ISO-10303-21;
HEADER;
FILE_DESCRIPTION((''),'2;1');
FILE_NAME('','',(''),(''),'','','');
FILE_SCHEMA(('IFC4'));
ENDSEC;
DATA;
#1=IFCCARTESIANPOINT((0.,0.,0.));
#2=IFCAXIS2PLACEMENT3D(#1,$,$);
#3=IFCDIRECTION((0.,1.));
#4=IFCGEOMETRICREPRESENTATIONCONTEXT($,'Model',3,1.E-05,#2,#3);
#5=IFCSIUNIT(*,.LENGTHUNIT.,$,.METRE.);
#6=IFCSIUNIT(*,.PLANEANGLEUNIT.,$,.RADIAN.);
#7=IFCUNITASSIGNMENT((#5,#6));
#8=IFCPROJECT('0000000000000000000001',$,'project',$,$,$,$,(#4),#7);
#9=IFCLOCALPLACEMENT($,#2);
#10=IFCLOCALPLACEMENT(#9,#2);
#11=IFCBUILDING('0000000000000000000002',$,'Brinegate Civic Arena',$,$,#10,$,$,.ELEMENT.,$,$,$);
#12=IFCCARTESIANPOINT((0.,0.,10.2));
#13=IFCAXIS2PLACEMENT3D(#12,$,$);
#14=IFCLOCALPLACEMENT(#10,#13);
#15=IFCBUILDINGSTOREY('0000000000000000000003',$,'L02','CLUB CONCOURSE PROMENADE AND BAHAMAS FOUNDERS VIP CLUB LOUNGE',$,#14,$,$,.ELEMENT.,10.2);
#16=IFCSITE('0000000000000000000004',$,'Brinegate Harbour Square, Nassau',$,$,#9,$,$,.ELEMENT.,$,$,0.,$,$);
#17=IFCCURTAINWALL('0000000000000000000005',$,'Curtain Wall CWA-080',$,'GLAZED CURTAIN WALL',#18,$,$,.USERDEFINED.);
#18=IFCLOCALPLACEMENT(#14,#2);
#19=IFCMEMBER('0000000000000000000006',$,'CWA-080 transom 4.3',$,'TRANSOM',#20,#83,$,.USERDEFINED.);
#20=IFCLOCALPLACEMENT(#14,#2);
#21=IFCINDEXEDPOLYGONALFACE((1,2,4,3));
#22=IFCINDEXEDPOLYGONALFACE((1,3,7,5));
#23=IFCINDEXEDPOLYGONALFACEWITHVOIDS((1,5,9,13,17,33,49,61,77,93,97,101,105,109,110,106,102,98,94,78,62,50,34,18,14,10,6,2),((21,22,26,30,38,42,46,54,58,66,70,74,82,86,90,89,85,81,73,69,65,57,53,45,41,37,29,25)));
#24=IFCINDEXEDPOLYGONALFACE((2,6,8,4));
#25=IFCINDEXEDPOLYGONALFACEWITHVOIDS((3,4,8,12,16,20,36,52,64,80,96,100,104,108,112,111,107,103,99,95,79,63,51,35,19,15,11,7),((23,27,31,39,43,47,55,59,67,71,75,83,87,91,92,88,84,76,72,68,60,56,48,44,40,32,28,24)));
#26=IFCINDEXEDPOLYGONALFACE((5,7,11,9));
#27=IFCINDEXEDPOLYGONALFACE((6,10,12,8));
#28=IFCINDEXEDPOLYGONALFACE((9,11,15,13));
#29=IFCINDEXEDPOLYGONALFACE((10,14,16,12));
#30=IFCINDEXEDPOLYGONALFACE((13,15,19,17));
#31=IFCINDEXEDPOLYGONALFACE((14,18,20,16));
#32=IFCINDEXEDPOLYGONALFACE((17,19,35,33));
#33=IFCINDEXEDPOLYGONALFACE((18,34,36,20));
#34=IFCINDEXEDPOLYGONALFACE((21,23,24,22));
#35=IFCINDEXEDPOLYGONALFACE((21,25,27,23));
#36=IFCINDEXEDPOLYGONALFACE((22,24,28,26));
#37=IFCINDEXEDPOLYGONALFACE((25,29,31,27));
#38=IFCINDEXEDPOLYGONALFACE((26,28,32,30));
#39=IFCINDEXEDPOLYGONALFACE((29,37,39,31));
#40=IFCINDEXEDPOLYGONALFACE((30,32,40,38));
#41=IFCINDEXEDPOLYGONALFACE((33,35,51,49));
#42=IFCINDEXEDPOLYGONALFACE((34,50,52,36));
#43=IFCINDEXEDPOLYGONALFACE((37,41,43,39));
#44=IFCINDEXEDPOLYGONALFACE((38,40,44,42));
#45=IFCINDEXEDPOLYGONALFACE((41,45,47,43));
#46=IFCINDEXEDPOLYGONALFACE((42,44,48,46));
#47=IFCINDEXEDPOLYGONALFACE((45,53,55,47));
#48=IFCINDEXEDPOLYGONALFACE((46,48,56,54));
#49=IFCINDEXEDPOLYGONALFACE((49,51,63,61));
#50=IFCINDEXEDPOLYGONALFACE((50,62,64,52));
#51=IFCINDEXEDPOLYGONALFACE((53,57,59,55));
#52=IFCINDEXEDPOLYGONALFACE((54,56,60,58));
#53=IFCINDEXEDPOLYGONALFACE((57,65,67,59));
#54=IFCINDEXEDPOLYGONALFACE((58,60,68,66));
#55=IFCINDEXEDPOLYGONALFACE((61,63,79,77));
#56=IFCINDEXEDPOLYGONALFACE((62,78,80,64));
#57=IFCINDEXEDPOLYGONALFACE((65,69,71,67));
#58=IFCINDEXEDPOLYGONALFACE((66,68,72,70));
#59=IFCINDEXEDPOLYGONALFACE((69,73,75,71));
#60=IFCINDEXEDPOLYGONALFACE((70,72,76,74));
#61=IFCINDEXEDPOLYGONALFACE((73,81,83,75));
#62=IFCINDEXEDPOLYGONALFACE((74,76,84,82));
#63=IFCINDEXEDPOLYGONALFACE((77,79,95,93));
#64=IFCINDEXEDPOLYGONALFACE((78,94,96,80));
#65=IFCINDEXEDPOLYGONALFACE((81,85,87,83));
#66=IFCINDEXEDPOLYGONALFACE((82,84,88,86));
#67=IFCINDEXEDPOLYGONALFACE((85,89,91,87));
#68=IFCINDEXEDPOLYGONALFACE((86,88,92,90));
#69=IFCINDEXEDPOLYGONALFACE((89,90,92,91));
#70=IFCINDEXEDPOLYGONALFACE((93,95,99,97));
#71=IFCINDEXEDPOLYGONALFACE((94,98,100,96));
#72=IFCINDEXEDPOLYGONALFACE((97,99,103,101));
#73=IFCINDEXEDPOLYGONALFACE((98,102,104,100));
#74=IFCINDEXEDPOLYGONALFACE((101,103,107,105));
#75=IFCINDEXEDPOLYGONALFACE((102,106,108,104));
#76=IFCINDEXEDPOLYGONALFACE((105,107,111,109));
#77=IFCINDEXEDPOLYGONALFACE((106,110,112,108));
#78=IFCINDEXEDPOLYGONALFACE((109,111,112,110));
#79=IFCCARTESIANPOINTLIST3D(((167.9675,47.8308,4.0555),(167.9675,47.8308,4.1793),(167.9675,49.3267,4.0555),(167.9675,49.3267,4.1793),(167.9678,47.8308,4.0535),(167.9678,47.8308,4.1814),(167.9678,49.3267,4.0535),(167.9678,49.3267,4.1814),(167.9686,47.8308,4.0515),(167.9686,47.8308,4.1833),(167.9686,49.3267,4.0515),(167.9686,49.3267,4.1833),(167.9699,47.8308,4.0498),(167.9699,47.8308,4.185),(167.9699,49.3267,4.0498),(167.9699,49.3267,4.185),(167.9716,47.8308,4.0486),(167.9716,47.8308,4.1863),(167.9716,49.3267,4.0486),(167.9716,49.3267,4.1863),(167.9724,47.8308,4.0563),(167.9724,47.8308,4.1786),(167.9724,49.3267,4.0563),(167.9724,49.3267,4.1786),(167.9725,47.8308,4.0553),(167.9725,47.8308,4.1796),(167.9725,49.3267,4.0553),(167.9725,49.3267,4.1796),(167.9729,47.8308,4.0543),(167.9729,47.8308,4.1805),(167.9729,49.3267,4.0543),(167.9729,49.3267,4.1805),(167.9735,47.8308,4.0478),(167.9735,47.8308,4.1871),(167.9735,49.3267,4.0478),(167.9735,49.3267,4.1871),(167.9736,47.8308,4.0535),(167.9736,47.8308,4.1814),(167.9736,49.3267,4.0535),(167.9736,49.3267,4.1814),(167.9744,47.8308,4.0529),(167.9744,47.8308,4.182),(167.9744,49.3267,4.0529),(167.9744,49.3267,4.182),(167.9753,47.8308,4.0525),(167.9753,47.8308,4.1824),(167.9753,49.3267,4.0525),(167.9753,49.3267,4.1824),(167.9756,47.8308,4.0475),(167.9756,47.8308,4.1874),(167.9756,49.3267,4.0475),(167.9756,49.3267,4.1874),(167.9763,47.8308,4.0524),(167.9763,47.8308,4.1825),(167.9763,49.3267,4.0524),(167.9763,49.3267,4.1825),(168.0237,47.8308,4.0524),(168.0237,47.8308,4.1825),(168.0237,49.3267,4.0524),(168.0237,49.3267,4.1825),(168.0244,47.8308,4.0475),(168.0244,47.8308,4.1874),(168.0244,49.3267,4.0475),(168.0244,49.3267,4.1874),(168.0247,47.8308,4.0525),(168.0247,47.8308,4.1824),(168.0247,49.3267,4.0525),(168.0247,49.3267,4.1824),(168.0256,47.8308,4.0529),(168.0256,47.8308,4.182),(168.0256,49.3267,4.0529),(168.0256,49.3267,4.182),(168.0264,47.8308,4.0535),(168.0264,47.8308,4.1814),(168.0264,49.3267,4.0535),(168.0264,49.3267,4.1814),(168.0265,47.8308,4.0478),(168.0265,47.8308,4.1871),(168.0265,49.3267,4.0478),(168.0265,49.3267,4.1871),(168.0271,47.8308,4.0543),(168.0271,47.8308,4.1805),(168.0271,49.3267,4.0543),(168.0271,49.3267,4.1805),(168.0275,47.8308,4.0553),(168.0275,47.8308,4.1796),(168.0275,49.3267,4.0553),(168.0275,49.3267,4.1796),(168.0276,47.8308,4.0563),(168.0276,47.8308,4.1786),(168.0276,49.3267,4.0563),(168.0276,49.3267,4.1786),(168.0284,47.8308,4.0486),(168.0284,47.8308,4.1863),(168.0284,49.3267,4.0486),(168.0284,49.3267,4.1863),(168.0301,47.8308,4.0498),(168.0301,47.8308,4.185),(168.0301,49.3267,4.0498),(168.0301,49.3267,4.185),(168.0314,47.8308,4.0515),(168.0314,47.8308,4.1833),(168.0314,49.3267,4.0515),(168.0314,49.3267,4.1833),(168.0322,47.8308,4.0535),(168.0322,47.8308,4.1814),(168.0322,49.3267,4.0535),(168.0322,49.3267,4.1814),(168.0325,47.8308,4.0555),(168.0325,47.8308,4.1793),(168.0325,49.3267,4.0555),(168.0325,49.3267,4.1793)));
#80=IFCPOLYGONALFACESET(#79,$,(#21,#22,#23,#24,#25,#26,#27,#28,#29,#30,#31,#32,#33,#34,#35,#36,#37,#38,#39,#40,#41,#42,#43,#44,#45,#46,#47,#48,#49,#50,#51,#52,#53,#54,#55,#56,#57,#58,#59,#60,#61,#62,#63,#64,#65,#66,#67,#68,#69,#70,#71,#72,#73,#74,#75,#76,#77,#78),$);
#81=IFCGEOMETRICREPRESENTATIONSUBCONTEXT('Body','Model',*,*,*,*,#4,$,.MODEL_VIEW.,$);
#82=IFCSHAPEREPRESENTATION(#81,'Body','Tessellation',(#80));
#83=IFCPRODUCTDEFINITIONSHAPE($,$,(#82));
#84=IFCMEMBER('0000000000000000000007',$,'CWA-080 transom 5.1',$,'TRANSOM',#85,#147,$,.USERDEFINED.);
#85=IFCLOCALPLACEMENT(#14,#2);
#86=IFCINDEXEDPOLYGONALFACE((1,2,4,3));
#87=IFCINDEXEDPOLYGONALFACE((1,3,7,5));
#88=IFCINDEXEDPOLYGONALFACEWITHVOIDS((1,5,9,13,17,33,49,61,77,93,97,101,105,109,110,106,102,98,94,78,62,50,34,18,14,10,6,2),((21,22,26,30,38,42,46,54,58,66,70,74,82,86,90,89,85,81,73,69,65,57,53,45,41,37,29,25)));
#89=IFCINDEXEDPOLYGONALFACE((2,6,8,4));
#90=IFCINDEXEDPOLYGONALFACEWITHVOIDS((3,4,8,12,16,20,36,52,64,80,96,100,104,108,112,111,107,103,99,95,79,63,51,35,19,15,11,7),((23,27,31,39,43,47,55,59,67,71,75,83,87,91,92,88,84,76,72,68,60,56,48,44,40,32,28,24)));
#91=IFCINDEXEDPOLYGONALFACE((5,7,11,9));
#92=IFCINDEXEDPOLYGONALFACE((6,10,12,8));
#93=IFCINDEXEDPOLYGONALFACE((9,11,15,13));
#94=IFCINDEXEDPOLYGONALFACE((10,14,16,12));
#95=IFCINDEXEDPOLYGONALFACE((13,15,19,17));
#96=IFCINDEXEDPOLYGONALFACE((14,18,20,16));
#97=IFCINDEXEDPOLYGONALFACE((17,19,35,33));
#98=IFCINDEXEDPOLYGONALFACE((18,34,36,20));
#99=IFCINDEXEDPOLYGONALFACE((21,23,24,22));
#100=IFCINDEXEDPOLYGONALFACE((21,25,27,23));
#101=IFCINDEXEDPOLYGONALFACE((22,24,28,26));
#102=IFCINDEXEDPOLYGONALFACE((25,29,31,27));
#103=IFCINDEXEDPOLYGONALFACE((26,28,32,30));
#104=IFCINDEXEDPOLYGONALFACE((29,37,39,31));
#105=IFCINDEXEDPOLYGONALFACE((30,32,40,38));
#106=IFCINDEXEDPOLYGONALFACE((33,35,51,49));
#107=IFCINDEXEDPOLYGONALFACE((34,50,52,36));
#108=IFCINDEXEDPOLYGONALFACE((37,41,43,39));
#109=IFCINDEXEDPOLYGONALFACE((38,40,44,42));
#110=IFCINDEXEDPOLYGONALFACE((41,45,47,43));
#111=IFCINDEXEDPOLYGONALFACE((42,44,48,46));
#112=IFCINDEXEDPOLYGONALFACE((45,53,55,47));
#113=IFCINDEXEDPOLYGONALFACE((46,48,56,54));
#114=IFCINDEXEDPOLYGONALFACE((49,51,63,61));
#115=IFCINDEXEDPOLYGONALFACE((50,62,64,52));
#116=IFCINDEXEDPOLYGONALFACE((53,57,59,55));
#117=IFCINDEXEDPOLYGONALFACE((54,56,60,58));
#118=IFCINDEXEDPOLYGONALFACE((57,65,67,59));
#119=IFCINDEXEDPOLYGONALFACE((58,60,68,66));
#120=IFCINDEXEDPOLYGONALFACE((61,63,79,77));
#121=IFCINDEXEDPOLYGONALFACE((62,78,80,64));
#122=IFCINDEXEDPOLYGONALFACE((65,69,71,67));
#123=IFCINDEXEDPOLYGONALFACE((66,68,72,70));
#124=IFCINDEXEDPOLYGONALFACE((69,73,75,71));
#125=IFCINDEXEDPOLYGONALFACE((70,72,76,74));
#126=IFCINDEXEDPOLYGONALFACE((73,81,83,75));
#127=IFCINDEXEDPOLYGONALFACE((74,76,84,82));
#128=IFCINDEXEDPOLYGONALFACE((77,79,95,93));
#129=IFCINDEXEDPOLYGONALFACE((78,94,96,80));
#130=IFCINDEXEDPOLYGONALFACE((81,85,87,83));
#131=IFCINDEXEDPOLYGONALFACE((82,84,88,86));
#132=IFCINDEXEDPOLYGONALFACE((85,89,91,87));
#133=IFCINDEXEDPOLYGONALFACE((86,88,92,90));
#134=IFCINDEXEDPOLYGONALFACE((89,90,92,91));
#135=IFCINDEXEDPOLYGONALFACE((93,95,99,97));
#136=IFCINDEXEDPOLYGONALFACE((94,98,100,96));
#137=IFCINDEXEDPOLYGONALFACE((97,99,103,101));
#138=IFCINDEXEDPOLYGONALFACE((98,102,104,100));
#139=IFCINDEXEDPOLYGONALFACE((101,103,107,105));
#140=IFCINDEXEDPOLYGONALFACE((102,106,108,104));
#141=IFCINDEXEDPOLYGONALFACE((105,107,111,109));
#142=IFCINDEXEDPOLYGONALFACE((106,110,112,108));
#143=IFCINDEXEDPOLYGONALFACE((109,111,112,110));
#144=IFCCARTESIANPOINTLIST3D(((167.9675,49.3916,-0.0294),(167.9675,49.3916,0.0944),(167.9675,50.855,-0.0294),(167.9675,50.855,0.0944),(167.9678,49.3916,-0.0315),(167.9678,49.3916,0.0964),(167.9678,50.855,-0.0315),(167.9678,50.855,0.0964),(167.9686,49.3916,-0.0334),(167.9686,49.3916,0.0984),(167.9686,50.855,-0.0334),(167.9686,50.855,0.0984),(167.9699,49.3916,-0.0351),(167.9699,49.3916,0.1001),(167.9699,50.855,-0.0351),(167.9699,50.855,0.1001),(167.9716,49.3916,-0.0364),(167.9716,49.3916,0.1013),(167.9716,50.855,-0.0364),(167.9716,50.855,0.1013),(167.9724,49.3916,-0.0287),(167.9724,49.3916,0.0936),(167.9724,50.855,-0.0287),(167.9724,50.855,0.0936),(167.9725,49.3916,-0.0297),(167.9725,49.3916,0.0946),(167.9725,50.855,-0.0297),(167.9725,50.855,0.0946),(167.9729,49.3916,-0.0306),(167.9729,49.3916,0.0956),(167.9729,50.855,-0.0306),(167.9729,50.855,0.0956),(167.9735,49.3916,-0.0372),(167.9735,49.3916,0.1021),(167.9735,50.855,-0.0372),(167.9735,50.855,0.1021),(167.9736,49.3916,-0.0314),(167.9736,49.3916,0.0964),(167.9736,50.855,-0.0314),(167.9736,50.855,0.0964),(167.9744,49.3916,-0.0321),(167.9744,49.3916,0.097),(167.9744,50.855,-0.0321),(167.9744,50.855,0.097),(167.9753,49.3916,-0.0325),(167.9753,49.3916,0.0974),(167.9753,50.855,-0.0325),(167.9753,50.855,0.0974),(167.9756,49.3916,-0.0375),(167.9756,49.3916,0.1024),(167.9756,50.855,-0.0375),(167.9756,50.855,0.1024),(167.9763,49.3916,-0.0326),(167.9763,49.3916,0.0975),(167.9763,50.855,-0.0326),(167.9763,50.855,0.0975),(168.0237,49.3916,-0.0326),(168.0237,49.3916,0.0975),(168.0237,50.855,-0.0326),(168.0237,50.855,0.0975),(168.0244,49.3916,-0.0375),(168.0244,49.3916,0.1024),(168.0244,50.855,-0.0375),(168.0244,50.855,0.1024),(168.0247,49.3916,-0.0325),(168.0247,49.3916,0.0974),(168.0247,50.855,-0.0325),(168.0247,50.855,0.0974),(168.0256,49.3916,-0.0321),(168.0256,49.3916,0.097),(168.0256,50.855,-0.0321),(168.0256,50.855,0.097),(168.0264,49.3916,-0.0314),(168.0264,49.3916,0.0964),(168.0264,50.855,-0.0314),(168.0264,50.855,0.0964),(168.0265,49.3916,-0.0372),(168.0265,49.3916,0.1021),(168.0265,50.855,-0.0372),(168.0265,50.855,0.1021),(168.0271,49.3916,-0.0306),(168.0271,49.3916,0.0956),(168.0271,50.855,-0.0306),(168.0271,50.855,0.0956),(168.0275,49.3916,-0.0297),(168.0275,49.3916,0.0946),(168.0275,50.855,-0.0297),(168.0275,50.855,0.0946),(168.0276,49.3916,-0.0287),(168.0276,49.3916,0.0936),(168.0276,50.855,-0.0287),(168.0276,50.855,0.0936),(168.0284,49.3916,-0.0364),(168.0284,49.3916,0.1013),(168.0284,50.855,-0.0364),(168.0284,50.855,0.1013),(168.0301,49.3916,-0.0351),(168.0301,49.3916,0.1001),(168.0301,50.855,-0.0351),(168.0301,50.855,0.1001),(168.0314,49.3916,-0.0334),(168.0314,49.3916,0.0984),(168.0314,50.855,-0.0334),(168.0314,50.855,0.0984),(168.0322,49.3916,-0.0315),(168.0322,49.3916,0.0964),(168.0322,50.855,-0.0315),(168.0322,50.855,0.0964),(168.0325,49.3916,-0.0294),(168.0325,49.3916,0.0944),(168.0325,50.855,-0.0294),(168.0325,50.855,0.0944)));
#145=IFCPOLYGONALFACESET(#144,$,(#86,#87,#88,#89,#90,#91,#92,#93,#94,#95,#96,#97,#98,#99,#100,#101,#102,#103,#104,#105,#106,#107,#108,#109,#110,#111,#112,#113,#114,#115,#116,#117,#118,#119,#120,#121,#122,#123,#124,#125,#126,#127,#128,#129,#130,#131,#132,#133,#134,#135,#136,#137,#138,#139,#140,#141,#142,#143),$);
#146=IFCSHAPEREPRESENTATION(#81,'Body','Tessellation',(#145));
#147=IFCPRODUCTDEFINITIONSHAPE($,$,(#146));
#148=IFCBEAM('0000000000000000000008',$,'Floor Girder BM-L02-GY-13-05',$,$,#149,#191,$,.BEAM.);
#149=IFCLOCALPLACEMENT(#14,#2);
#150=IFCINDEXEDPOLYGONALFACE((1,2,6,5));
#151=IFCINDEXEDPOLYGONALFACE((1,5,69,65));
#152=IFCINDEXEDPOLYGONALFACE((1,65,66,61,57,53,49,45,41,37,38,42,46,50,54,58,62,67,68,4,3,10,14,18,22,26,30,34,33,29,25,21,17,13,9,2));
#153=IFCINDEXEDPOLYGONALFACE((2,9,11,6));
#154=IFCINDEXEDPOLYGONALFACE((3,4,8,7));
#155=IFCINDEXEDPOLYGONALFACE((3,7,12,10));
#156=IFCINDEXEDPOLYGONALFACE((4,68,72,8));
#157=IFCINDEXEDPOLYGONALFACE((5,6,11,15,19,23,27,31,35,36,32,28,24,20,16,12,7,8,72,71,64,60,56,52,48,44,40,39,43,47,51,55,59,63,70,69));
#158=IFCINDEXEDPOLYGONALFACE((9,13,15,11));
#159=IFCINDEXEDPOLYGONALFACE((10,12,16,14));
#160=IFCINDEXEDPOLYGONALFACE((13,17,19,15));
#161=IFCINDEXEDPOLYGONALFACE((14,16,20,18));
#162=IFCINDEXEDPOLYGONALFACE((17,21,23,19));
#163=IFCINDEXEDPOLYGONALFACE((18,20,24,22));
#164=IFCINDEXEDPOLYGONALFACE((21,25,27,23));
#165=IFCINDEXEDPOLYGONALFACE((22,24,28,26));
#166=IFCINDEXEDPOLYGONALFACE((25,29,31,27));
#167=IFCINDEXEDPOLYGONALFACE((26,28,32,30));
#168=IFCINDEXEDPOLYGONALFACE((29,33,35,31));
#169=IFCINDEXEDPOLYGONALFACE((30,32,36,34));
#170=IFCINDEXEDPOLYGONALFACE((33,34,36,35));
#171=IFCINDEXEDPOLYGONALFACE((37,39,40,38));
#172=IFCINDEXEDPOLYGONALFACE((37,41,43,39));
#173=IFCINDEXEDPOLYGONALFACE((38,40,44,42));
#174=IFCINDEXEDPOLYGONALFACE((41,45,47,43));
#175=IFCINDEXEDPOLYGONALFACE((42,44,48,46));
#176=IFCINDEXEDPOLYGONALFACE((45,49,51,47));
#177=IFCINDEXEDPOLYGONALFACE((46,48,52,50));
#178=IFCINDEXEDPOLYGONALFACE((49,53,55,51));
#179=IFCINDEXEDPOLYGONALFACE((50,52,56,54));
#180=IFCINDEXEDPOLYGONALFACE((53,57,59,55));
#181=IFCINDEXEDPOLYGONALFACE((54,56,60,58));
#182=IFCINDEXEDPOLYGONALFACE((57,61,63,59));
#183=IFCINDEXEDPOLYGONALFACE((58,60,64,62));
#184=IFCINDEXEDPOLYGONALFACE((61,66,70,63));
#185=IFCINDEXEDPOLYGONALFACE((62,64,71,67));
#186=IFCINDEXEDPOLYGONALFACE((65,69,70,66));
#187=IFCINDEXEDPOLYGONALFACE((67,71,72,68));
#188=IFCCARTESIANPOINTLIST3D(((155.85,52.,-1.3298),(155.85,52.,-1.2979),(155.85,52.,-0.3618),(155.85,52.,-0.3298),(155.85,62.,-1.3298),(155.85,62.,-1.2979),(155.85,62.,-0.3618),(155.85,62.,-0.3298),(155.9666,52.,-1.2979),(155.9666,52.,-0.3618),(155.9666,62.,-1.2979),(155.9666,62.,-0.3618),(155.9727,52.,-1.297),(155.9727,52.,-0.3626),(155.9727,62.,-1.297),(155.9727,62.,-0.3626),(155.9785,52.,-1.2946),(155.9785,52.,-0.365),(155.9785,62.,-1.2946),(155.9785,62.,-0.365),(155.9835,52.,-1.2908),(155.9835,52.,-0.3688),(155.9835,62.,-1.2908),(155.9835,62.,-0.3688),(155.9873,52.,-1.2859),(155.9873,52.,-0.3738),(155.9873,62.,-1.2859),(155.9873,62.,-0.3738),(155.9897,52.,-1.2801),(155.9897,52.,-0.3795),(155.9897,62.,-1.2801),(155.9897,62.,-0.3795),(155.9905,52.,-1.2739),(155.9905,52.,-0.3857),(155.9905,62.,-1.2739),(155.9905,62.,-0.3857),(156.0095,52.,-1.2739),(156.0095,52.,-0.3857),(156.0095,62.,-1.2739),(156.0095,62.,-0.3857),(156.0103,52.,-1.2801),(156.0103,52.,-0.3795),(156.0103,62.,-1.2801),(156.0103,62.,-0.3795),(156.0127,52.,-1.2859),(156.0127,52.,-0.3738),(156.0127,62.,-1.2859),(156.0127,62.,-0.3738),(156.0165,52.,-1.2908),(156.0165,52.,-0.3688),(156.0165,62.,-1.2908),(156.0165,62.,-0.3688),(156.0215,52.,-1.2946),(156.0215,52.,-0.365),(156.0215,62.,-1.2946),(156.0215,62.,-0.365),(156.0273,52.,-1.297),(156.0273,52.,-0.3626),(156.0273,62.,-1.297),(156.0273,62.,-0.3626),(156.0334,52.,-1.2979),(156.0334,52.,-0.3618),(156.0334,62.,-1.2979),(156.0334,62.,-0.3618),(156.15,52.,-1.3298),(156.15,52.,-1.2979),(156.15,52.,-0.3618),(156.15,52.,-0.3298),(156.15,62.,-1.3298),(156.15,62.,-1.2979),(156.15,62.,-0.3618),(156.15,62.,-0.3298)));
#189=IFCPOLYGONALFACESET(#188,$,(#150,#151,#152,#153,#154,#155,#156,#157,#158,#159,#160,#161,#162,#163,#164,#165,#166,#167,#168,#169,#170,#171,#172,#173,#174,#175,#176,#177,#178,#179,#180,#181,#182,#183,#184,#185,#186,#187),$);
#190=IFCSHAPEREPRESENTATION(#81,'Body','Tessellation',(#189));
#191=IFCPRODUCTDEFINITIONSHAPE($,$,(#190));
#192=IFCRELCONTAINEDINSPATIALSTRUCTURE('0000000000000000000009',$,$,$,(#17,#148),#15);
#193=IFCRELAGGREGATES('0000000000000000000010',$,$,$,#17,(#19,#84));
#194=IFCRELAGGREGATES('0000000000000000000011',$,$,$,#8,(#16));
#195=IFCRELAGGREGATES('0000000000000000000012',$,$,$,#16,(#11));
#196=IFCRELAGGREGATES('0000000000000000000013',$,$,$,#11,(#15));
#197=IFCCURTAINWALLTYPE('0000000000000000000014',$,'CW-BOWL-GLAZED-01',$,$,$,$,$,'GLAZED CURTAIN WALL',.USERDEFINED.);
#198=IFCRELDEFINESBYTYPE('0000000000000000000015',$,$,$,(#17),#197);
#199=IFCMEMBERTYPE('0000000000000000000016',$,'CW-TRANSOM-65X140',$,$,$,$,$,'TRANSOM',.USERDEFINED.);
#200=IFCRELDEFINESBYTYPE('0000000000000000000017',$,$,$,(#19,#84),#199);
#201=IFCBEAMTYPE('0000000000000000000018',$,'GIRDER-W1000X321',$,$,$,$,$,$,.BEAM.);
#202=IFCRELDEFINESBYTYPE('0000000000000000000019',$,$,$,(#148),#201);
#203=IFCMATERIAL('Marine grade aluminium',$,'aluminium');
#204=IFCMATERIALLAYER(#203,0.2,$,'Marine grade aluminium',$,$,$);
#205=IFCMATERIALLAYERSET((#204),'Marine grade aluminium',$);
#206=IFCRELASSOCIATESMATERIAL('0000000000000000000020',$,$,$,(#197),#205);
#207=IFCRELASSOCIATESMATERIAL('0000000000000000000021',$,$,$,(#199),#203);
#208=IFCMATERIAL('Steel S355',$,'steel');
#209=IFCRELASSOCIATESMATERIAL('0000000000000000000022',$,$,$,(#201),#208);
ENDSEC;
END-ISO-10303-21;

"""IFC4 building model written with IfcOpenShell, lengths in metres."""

from ifc_helpers import new_model, si_unit, direction, frame, origin, origin_2d, place, context, subcontext, project, spatial, hollow_rectangle, i_section, extrude, material, layer, layer_set, material_profile, profile_set, type_object, element, aggregate, save


model = new_model("IFC4")

# Units and contexts
model_context = context("Model", 3, precision=1e-05, world=origin(), true_north=direction((0.0, 1.0)))
body_context = subcontext(model_context, "Body", "Model", "MODEL_VIEW")
ifc_project = project(units=[si_unit("LENGTHUNIT", "METRE"), si_unit("PLANEANGLEUNIT", "RADIAN")], contexts=[model_context])

# Site, building, storey
site_placement = place(None, origin())
site = spatial("IfcSite", under=ifc_project, at=site_placement, Name="Brinegate Harbour Square, Nassau", CompositionType="ELEMENT", RefElevation=0.0)
building_placement = place(site_placement, origin())
building = spatial("IfcBuilding", under=site, at=building_placement, Name="Brinegate Civic Arena", CompositionType="ELEMENT")
storey_placement = place(building_placement, frame((0.0, 0.0, 10.2)))
storey = spatial("IfcBuildingStorey", under=building, at=storey_placement, Name="L02", Description="CLUB CONCOURSE PROMENADE AND BAHAMAS FOUNDERS VIP CLUB LOUNGE", CompositionType="ELEMENT", Elevation=10.2)

# Curtain wall, members
ifc_material_1 = material(Name="Marine grade aluminium", Category="aluminium")
ifc_layer_1 = layer(ifc_material_1, 0.2, Name="Marine grade aluminium")
ifc_layer_set_1 = layer_set([ifc_layer_1], Name="Marine grade aluminium")
curtain_wall_type = type_object("IfcCurtainWallType", Name="CW-BOWL-GLAZED-01", ElementType="GLAZED CURTAIN WALL", PredefinedType="USERDEFINED", material=ifc_layer_set_1)
curtain_wall_placement = place(storey_placement, origin())
curtain_wall = element("IfcCurtainWall", 1, at=curtain_wall_placement, inside=storey, type_object=curtain_wall_type, Name="Curtain Wall CWA-080", ObjectType="GLAZED CURTAIN WALL", PredefinedType="USERDEFINED")
ifc_material_profile_1 = material_profile(ifc_material_1, hollow_rectangle(XDim=0.0649, YDim=0.1399, WallThickness=0.0049, InnerFilletRadius=0.0039, OuterFilletRadius=0.0081, at=origin_2d()), Name="TRN65X140")
ifc_profile_set_1 = profile_set([ifc_material_profile_1], Name="Marine grade aluminium")
member_type_1 = type_object("IfcMemberType", Name="CW-TRANSOM-65X140", ElementType="TRANSOM", PredefinedType="USERDEFINED", material=ifc_profile_set_1)
member_1_placement = place(storey_placement, frame((168.0, 47.8308, 4.1174), z_axis=(0.0, 1.0, 0.0), x_axis=(-1.0, 0.0, 0.0)))
member_1 = element("IfcMember", 2, at=member_1_placement, type_object=member_type_1, Name="CWA-080 transom 4.3", ObjectType="TRANSOM", PredefinedType="USERDEFINED", context=body_context, shape_type="SweptSolid", body=[
    extrude(hollow_rectangle(XDim=0.0649, YDim=0.1399, WallThickness=0.0049, InnerFilletRadius=0.0039, OuterFilletRadius=0.0081, at=origin_2d()), origin(), (0.0, 0.0, 1.0), 1.4958),
])
member_2_placement = place(storey_placement, frame((168.0, 49.3916, 0.0325), z_axis=(0.0, 1.0, 0.0), x_axis=(-1.0, 0.0, 0.0)))
member_2 = element("IfcMember", 3, at=member_2_placement, type_object=member_type_1, Name="CWA-080 transom 5.1", ObjectType="TRANSOM", PredefinedType="USERDEFINED", context=body_context, shape_type="SweptSolid", body=[
    extrude(hollow_rectangle(XDim=0.0649, YDim=0.1399, WallThickness=0.0049, InnerFilletRadius=0.0039, OuterFilletRadius=0.0081, at=origin_2d()), origin(), (0.0, 0.0, 1.0), 1.4634),
])

# Beam
ifc_material_2 = material(Name="Steel S355", Category="steel")
ifc_material_profile_2 = material_profile(ifc_material_2, i_section(OverallWidth=0.3, OverallDepth=1.0, WebThickness=0.019, FlangeThickness=0.032, FilletRadius=0.0239, at=origin_2d()), Name="W1000X321")
ifc_profile_set_2 = profile_set([ifc_material_profile_2], Name="Steel S355")
beam_type_1 = type_object("IfcBeamType", Name="GIRDER-W1000X321", PredefinedType="BEAM", material=ifc_profile_set_2)
beam_1_placement = place(storey_placement, frame((156.0, 52.0, -0.8298), z_axis=(0.0, 1.0, 0.0), x_axis=(-1.0, 0.0, 0.0)))
element("IfcBeam", 4, at=beam_1_placement, inside=storey, type_object=beam_type_1, Name="Floor Girder BM-L02-GY-13-05", PredefinedType="BEAM", context=body_context, shape_type="SweptSolid", body=[
    extrude(i_section(OverallWidth=0.3, OverallDepth=1.0, WebThickness=0.019, FlangeThickness=0.032, FilletRadius=0.0239, at=origin_2d()), origin(), (0.0, 0.0, 1.0), 10.0),
])

aggregate(curtain_wall, [member_1, member_2])

save(model, "model.ifc")
